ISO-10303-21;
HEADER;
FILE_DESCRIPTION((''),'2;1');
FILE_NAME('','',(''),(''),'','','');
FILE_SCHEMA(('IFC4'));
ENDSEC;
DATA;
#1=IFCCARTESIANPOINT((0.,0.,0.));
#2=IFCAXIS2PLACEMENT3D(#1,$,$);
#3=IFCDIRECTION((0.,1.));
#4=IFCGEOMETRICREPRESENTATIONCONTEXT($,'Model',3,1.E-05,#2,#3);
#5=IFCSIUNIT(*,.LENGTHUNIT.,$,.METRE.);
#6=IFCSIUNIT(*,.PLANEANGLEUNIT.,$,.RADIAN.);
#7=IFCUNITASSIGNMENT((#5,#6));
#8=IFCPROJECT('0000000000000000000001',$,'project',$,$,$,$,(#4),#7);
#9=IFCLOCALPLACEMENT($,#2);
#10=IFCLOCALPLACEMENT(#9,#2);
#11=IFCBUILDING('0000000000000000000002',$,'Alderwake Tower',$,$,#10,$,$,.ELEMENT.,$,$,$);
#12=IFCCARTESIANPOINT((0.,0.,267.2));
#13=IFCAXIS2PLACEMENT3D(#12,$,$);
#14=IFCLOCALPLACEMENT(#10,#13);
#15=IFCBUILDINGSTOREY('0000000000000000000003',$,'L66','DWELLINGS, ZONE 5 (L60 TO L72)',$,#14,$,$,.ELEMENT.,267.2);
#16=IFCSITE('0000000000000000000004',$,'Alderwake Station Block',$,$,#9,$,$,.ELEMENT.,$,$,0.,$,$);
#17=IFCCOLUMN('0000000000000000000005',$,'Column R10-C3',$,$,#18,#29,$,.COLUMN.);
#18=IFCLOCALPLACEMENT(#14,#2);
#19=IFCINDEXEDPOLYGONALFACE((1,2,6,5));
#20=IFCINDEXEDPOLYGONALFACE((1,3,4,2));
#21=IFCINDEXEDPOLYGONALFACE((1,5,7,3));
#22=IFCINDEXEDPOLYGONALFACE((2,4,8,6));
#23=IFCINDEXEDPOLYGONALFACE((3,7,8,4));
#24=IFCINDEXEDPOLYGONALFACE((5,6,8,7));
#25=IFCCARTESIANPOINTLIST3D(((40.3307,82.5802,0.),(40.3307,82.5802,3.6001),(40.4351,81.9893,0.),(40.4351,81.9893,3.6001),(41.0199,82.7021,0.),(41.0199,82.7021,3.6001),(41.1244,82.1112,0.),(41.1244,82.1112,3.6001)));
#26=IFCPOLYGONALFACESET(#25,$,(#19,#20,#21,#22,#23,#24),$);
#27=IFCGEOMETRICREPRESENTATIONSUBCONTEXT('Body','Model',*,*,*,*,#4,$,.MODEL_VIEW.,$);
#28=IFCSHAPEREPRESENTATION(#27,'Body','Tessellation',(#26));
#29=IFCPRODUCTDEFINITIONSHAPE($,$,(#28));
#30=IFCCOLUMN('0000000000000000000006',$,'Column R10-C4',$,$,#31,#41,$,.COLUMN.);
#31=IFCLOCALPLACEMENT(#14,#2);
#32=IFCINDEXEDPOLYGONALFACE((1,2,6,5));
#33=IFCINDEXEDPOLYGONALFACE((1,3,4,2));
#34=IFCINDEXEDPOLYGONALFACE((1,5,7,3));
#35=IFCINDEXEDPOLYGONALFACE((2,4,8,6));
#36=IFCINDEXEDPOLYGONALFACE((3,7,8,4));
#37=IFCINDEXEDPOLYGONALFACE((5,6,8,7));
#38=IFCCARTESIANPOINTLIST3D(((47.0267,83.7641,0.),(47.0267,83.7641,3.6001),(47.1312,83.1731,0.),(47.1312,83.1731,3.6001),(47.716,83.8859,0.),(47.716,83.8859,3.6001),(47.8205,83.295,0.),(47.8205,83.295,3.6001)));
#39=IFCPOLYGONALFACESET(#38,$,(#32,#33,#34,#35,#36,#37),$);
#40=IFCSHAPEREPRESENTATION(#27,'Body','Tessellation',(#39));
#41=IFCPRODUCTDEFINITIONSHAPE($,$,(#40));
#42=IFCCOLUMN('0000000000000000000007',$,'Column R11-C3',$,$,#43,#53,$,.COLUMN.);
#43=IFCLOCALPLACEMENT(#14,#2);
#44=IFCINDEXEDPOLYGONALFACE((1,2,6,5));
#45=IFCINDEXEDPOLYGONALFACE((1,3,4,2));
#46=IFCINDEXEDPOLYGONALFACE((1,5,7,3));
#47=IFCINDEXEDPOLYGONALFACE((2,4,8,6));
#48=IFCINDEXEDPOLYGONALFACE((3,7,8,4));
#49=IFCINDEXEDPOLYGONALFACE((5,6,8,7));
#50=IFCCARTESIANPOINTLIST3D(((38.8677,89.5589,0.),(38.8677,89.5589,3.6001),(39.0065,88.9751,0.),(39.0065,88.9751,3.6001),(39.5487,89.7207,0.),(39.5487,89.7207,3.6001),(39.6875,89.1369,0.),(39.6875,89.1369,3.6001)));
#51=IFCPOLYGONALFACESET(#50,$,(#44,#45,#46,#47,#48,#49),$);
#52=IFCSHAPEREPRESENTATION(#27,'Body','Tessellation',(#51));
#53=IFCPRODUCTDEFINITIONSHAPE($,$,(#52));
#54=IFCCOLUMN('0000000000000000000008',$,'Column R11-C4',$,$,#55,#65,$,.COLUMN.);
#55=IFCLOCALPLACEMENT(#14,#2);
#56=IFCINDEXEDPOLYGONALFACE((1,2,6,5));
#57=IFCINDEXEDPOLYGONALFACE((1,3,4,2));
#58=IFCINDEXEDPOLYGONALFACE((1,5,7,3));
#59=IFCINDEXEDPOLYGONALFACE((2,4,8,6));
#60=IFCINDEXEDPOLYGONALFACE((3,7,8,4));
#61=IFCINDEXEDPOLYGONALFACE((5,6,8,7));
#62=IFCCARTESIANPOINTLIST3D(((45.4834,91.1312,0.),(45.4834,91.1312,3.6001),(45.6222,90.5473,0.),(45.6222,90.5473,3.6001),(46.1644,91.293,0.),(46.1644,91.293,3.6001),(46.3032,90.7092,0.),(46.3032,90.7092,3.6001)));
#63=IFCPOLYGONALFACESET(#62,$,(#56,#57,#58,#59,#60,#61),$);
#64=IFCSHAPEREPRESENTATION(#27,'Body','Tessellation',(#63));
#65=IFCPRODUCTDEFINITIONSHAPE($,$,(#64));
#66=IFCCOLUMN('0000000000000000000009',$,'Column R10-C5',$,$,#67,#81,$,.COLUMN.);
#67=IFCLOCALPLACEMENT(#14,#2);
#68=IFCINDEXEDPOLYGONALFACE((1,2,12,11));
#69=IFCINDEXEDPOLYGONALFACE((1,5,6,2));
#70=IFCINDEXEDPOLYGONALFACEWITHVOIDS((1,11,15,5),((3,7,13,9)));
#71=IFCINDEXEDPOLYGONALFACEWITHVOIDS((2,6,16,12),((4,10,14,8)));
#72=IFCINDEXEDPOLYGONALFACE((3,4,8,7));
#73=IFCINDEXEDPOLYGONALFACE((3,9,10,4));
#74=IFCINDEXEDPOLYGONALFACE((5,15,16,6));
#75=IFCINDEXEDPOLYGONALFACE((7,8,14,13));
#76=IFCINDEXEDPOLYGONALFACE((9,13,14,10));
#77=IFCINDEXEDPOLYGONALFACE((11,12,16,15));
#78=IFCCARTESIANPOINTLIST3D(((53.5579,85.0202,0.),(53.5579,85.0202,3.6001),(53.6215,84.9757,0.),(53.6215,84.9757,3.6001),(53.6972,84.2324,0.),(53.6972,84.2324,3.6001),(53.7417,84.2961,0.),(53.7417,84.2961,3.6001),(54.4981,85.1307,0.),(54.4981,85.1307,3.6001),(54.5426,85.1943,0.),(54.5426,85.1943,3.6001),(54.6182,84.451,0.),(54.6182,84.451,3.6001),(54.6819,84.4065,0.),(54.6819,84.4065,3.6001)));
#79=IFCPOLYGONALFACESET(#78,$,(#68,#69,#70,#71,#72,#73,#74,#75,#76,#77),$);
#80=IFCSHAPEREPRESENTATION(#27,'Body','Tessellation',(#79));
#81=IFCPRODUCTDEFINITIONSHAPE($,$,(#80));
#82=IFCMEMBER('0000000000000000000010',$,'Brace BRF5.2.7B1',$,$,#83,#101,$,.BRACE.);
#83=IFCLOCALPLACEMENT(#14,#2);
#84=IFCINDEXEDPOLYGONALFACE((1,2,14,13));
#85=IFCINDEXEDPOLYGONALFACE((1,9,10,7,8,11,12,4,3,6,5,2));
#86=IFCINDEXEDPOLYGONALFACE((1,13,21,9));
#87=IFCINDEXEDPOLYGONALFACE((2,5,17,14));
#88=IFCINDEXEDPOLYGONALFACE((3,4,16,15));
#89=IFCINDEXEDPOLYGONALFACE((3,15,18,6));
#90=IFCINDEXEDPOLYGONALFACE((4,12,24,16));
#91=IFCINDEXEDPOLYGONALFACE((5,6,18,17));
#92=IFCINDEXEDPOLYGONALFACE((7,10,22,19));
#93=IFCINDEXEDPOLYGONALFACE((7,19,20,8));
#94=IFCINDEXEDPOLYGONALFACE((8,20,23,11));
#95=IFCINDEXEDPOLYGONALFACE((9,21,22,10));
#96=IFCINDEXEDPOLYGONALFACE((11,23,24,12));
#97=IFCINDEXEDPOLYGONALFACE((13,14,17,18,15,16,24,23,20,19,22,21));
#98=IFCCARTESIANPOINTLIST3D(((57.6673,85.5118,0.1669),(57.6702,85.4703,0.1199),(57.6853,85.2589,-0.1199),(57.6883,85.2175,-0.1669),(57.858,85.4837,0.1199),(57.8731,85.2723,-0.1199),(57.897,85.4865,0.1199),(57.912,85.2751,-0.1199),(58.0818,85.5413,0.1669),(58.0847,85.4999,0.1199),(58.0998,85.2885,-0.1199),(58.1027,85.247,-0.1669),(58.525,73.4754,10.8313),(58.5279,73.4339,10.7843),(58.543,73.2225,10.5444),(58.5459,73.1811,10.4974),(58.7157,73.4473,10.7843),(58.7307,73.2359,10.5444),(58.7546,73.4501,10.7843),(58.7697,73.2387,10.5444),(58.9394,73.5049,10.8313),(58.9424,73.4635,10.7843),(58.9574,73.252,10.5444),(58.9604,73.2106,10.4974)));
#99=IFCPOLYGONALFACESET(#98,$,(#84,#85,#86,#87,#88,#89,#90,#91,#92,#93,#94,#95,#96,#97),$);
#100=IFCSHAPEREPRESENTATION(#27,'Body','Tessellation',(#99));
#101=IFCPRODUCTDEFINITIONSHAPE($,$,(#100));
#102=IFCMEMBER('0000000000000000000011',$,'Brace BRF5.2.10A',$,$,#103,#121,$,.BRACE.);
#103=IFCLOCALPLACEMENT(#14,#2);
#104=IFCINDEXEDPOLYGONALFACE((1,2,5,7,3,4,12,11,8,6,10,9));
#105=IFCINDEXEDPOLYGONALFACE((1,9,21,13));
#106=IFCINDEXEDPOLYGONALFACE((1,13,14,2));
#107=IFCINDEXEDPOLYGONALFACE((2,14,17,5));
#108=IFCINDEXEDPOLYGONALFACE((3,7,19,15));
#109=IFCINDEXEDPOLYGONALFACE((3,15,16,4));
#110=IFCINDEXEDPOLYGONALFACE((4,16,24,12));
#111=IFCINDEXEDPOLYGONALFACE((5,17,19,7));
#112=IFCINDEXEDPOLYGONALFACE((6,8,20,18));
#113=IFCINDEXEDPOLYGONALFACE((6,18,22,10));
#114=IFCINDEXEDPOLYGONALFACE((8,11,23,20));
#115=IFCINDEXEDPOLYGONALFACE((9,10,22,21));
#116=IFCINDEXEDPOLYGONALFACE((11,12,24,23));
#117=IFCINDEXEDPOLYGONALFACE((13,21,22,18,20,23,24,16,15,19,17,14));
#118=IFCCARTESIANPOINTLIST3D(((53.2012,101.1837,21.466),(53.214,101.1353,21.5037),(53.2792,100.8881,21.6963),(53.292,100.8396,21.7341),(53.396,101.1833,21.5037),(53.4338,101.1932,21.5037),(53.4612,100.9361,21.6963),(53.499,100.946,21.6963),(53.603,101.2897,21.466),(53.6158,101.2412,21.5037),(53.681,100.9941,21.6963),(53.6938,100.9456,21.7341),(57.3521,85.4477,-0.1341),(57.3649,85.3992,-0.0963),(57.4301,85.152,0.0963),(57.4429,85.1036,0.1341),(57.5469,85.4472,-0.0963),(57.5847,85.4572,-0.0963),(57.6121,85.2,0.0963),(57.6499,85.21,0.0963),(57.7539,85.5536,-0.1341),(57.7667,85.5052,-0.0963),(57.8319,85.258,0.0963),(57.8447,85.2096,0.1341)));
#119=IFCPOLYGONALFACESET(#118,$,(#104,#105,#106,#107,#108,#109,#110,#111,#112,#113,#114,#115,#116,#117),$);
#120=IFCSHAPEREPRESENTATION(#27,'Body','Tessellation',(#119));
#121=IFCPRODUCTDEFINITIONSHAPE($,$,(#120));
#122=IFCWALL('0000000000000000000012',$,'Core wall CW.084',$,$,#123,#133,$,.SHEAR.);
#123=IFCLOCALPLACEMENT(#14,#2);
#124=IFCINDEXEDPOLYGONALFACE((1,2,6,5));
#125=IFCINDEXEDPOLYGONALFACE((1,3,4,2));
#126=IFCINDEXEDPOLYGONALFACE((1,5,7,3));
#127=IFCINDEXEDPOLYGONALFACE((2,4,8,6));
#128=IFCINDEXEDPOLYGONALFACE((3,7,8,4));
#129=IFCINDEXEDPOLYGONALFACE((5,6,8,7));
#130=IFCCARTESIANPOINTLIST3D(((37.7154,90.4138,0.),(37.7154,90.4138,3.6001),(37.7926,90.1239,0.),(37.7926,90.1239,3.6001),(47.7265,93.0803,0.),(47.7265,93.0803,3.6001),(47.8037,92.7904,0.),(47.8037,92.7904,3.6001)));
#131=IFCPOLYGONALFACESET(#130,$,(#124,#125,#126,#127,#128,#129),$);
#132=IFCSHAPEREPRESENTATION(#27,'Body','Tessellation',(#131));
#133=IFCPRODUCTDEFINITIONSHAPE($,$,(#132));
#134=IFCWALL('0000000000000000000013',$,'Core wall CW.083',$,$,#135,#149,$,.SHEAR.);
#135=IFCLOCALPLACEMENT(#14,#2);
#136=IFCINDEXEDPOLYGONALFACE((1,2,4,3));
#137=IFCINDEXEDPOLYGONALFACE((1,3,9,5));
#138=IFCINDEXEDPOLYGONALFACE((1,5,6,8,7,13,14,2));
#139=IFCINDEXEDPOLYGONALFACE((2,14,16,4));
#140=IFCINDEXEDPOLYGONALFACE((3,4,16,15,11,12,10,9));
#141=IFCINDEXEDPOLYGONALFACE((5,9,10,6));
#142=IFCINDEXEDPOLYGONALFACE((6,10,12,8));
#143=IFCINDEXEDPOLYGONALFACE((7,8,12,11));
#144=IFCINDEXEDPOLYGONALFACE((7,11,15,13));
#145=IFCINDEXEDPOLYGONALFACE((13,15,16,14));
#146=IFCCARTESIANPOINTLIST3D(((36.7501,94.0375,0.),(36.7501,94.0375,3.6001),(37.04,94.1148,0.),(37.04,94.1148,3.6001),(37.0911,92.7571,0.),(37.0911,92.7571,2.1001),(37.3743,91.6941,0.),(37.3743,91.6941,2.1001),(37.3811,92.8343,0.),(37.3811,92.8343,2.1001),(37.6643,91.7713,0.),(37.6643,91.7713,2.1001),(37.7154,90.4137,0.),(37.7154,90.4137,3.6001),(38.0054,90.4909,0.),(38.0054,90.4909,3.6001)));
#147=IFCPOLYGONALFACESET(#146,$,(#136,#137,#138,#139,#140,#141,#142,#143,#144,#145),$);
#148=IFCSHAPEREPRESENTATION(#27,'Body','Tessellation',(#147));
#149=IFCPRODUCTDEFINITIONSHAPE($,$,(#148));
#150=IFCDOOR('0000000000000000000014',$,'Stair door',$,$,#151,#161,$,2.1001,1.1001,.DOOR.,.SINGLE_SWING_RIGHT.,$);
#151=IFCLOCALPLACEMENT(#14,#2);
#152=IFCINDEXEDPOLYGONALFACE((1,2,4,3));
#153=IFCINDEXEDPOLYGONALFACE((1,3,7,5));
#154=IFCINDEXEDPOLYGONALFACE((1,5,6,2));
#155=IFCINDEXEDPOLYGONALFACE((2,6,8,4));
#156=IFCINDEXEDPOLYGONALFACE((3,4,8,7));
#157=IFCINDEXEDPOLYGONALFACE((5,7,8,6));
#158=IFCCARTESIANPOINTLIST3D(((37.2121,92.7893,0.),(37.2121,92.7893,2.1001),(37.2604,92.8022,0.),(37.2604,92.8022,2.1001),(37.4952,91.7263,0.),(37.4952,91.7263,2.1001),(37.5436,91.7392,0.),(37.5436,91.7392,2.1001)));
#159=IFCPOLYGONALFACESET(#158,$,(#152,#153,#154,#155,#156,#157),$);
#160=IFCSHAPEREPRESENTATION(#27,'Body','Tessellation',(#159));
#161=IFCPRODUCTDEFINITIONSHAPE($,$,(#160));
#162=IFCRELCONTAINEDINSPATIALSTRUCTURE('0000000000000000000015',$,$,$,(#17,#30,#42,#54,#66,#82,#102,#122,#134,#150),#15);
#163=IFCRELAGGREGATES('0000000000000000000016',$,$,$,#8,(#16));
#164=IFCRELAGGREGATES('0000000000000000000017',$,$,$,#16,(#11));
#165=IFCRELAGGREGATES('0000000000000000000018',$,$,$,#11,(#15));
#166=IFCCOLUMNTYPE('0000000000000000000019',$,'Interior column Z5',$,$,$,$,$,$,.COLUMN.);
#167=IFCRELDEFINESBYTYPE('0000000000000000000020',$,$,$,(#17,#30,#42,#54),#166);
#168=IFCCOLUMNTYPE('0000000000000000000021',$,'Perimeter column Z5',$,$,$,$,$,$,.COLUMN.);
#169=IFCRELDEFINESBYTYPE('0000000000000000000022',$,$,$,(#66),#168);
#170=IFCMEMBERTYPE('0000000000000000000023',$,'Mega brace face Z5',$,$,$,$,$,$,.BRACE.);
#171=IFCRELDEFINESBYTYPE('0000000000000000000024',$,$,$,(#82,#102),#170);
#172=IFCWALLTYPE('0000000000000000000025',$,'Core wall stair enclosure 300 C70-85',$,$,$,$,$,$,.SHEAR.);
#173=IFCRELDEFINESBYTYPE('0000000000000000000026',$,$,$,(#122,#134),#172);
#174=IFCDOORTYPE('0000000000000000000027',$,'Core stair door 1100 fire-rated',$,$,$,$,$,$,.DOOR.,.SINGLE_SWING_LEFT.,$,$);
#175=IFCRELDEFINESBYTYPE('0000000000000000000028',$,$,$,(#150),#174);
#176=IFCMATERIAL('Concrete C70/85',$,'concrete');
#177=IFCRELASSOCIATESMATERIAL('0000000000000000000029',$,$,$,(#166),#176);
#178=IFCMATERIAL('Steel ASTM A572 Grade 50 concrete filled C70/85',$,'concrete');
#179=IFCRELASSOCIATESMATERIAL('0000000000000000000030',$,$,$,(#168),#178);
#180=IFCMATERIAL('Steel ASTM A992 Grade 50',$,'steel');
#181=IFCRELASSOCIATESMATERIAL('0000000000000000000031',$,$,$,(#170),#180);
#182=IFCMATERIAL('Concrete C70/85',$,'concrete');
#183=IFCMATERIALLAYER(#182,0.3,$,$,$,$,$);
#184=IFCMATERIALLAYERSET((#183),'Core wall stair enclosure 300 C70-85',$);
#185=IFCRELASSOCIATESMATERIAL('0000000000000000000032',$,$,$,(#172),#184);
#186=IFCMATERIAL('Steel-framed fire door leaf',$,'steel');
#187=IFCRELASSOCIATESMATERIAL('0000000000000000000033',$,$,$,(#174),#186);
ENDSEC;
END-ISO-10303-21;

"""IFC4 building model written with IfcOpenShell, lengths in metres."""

from ifc_helpers import new_model, si_unit, direction, frame, frame_2d, origin, origin_2d, place, context, subcontext, project, spatial, rectangle, hollow_rectangle, i_section, extrude, material, layer, layer_set, material_profile, profile_set, type_object, element, fill, save


model = new_model("IFC4")

# Units and contexts
model_context = context("Model", 3, precision=1e-05, world=origin(), true_north=direction((0.0, 1.0)))
body_context = subcontext(model_context, "Body", "Model", "MODEL_VIEW")
ifc_project = project(units=[si_unit("LENGTHUNIT", "METRE"), si_unit("PLANEANGLEUNIT", "RADIAN")], contexts=[model_context])

# Site, building, storey
site_placement = place(None, origin())
site = spatial("IfcSite", under=ifc_project, at=site_placement, Name="Alderwake Station Block", CompositionType="ELEMENT", RefElevation=0.0)
building_placement = place(site_placement, origin())
building = spatial("IfcBuilding", under=site, at=building_placement, Name="Alderwake Tower", CompositionType="ELEMENT")
storey_placement = place(building_placement, frame((0.0, 0.0, 267.2)))
storey = spatial("IfcBuildingStorey", under=building, at=storey_placement, Name="L66", Description="DWELLINGS, ZONE 5 (L60 TO L72)", CompositionType="ELEMENT", Elevation=267.2)

# Columns
ifc_material_1 = material(Name="Concrete C70/85", Category="concrete")
ifc_material_profile_1 = material_profile(ifc_material_1, rectangle(XDim=0.6001, YDim=0.7, at=origin_2d()), Name="RC 700X600")
ifc_profile_set_1 = profile_set([ifc_material_profile_1], Name="Concrete C70/85")
column_type_1 = type_object("IfcColumnType", Name="Interior column Z5", PredefinedType="COLUMN", material=ifc_profile_set_1)
for number, where, z_axis, x_axis, name in (
    (1, (40.7275, 82.3457, 0.0), (0.0, 0.0, 1.0), (-0.174109, 0.984726, 0.0), "Column R10-C3"),
    (2, (47.4236, 83.5295, 0.0), (0.0, 0.0, 1.0), (-0.174109, 0.984726, 0.0), "Column R10-C4"),
    (3, (39.2776, 89.3479, 0.0), (0.0, 0.0, 1.0), (-0.231222, 0.972901, 0.0), "Column R11-C3"),
    (4, (45.8933, 90.9202, 0.0), (0.0, 0.0, 1.0), (-0.231222, 0.972901, 0.0), "Column R11-C4"),
):
    element("IfcColumn", number, at=place(storey_placement, frame(where, z_axis=z_axis, x_axis=x_axis)), inside=storey, type_object=column_type_1, Name=name, PredefinedType="COLUMN", context=body_context, shape_type="SweptSolid", body=[
        extrude(rectangle(XDim=0.6001, YDim=0.7, at=origin_2d()), origin(), (0.0, 0.0, 1.0), 3.6001),
    ])
ifc_material_2 = material(Name="Steel ASTM A572 Grade 50 concrete filled C70/85", Category="concrete")
ifc_material_profile_2 = material_profile(ifc_material_2, hollow_rectangle(XDim=0.8, YDim=1.0, WallThickness=0.0549, at=origin_2d()), Name="BOX 1000X800X55")
ifc_profile_set_2 = profile_set([ifc_material_profile_2], Name="Steel ASTM A572 Grade 50 concrete filled C70/85")
column_type_2 = type_object("IfcColumnType", Name="Perimeter column Z5", PredefinedType="COLUMN", material=ifc_profile_set_2)
column_placement = place(storey_placement, frame((54.1199, 84.7134, 0.0), z_axis=(0.0, 0.0, 1.0), x_axis=(-0.174107, 0.984727, 0.0)))
element("IfcColumn", 5, at=column_placement, inside=storey, type_object=column_type_2, Name="Column R10-C5", PredefinedType="COLUMN", context=body_context, shape_type="SweptSolid", body=[
    extrude(hollow_rectangle(XDim=0.8, YDim=1.0, WallThickness=0.0549, at=origin_2d()), origin(), (0.0, 0.0, 1.0), 3.6001),
])

# Members
ifc_material_3 = material(Name="Steel ASTM A992 Grade 50", Category="steel")
ifc_material_profile_3 = material_profile(ifc_material_3, i_section(OverallWidth=0.4155, OverallDepth=0.4456, WebThickness=0.0391, FlangeThickness=0.0627, at=origin_2d()), Name="W14X342")
ifc_profile_set_3 = profile_set([ifc_material_profile_3], Name="Steel ASTM A992 Grade 50")
member_type = type_object("IfcMemberType", Name="Mega brace face Z5", PredefinedType="BRACE", material=ifc_profile_set_3)
member_1_placement = place(storey_placement, frame((57.885, 85.3794, 0.0), z_axis=(0.053258, -0.747417, 0.662217), x_axis=(0.997471, 0.071076, 0.0)))
element("IfcMember", 6, at=member_1_placement, inside=storey, type_object=member_type, Name="Brace BRF5.2.7B1", PredefinedType="BRACE", context=body_context, shape_type="SweptSolid", body=[
    extrude(i_section(OverallWidth=0.4155, OverallDepth=0.4456, WebThickness=0.0391, FlangeThickness=0.0627, at=origin_2d()), origin(), (0.0, 0.0, 1.0), 16.104),
])
member_2_placement = place(storey_placement, frame((57.5984, 85.3286, 0.0), z_axis=(-0.153482, 0.581854, 0.79868), x_axis=(-0.966926, -0.255057, 0.0)))
element("IfcMember", 7, at=member_2_placement, inside=storey, type_object=member_type, Name="Brace BRF5.2.10A", PredefinedType="BRACE", context=body_context, shape_type="SweptSolid", body=[
    extrude(i_section(OverallWidth=0.4155, OverallDepth=0.4456, WebThickness=0.0391, FlangeThickness=0.0627, at=origin_2d()), origin(), (0.0, 0.0, 1.0), 27.0447),
])

# Wall
ifc_material_4 = material(Name="Concrete C70/85", Category="concrete")
ifc_layer_1 = layer(ifc_material_4, 0.3)
ifc_layer_set_1 = layer_set([ifc_layer_1], Name="Core wall stair enclosure 300 C70-85")
wall_type_1 = type_object("IfcWallType", Name="Core wall stair enclosure 300 C70-85", PredefinedType="SHEAR", material=ifc_layer_set_1)
wall_1_placement = place(storey_placement, frame((37.7539, 90.2688, 0.0), z_axis=(0.0, 0.0, 1.0), x_axis=(0.966309, 0.257384, 0.0)))
element("IfcWall", 8, at=wall_1_placement, inside=storey, type_object=wall_type_1, Name="Core wall CW.084", PredefinedType="SHEAR", context=body_context, shape_type="SweptSolid", body=[
    extrude(rectangle(XDim=10.3601, YDim=0.3, at=frame_2d((5.1802, 0.0))), origin(), (0.0, 0.0, 1.0), 3.6001),
])

# Wall, opening, door
wall_2_placement = place(storey_placement, frame((37.8604, 90.4524, 0.0), z_axis=(0.0, 0.0, 1.0), x_axis=(-0.257411, 0.966302, 0.0)))
wall_2 = element("IfcWall", 9, at=wall_2_placement, inside=storey, type_object=wall_type_1, Name="Core wall CW.083", PredefinedType="SHEAR", context=body_context, shape_type="SweptSolid", body=[
    extrude(rectangle(XDim=3.7502, YDim=0.3, at=frame_2d((1.875, 0.0))), origin(), (0.0, 0.0, 1.0), 3.6001),
])
opening_1_placement = place(wall_2_placement, frame((1.325, 0.0, 0.0)))
opening_1 = element("IfcOpeningElement", 10, at=opening_1_placement, cuts=wall_2, PredefinedType="OPENING", context=body_context, shape_type="SweptSolid", body=[
    extrude(rectangle(XDim=1.1001, YDim=2.1001, at=frame_2d((0.55, 1.05))), frame((0.0, 0.1599, 0.0), z_axis=(0.0, -1.0, 0.0), x_axis=(1.0, 0.0, 0.0)), (0.0, 0.0, 1.0), 0.3201),
])
ifc_material_5 = material(Name="Steel-framed fire door leaf", Category="steel")
door_type_1 = type_object("IfcDoorType", Name="Core stair door 1100 fire-rated", OperationType="SINGLE_SWING_LEFT", PredefinedType="DOOR", material=ifc_material_5)
door_1_placement = place(opening_1_placement, origin())
door_1 = element("IfcDoor", 11, at=door_1_placement, inside=storey, type_object=door_type_1, Name="Stair door", OperationType="SINGLE_SWING_RIGHT", OverallHeight=2.1001, OverallWidth=1.1001, PredefinedType="DOOR", context=body_context, shape_type="SweptSolid", body=[
    extrude(rectangle(XDim=1.1001, YDim=2.1001, at=frame_2d((0.55, 1.05))), frame((0.0, 0.0249, 0.0), z_axis=(0.0, -1.0, 0.0), x_axis=(1.0, 0.0, 0.0)), (0.0, 0.0, 1.0), 0.05),
])
fill(opening_1, door_1)

save(model, "model.ifc")
